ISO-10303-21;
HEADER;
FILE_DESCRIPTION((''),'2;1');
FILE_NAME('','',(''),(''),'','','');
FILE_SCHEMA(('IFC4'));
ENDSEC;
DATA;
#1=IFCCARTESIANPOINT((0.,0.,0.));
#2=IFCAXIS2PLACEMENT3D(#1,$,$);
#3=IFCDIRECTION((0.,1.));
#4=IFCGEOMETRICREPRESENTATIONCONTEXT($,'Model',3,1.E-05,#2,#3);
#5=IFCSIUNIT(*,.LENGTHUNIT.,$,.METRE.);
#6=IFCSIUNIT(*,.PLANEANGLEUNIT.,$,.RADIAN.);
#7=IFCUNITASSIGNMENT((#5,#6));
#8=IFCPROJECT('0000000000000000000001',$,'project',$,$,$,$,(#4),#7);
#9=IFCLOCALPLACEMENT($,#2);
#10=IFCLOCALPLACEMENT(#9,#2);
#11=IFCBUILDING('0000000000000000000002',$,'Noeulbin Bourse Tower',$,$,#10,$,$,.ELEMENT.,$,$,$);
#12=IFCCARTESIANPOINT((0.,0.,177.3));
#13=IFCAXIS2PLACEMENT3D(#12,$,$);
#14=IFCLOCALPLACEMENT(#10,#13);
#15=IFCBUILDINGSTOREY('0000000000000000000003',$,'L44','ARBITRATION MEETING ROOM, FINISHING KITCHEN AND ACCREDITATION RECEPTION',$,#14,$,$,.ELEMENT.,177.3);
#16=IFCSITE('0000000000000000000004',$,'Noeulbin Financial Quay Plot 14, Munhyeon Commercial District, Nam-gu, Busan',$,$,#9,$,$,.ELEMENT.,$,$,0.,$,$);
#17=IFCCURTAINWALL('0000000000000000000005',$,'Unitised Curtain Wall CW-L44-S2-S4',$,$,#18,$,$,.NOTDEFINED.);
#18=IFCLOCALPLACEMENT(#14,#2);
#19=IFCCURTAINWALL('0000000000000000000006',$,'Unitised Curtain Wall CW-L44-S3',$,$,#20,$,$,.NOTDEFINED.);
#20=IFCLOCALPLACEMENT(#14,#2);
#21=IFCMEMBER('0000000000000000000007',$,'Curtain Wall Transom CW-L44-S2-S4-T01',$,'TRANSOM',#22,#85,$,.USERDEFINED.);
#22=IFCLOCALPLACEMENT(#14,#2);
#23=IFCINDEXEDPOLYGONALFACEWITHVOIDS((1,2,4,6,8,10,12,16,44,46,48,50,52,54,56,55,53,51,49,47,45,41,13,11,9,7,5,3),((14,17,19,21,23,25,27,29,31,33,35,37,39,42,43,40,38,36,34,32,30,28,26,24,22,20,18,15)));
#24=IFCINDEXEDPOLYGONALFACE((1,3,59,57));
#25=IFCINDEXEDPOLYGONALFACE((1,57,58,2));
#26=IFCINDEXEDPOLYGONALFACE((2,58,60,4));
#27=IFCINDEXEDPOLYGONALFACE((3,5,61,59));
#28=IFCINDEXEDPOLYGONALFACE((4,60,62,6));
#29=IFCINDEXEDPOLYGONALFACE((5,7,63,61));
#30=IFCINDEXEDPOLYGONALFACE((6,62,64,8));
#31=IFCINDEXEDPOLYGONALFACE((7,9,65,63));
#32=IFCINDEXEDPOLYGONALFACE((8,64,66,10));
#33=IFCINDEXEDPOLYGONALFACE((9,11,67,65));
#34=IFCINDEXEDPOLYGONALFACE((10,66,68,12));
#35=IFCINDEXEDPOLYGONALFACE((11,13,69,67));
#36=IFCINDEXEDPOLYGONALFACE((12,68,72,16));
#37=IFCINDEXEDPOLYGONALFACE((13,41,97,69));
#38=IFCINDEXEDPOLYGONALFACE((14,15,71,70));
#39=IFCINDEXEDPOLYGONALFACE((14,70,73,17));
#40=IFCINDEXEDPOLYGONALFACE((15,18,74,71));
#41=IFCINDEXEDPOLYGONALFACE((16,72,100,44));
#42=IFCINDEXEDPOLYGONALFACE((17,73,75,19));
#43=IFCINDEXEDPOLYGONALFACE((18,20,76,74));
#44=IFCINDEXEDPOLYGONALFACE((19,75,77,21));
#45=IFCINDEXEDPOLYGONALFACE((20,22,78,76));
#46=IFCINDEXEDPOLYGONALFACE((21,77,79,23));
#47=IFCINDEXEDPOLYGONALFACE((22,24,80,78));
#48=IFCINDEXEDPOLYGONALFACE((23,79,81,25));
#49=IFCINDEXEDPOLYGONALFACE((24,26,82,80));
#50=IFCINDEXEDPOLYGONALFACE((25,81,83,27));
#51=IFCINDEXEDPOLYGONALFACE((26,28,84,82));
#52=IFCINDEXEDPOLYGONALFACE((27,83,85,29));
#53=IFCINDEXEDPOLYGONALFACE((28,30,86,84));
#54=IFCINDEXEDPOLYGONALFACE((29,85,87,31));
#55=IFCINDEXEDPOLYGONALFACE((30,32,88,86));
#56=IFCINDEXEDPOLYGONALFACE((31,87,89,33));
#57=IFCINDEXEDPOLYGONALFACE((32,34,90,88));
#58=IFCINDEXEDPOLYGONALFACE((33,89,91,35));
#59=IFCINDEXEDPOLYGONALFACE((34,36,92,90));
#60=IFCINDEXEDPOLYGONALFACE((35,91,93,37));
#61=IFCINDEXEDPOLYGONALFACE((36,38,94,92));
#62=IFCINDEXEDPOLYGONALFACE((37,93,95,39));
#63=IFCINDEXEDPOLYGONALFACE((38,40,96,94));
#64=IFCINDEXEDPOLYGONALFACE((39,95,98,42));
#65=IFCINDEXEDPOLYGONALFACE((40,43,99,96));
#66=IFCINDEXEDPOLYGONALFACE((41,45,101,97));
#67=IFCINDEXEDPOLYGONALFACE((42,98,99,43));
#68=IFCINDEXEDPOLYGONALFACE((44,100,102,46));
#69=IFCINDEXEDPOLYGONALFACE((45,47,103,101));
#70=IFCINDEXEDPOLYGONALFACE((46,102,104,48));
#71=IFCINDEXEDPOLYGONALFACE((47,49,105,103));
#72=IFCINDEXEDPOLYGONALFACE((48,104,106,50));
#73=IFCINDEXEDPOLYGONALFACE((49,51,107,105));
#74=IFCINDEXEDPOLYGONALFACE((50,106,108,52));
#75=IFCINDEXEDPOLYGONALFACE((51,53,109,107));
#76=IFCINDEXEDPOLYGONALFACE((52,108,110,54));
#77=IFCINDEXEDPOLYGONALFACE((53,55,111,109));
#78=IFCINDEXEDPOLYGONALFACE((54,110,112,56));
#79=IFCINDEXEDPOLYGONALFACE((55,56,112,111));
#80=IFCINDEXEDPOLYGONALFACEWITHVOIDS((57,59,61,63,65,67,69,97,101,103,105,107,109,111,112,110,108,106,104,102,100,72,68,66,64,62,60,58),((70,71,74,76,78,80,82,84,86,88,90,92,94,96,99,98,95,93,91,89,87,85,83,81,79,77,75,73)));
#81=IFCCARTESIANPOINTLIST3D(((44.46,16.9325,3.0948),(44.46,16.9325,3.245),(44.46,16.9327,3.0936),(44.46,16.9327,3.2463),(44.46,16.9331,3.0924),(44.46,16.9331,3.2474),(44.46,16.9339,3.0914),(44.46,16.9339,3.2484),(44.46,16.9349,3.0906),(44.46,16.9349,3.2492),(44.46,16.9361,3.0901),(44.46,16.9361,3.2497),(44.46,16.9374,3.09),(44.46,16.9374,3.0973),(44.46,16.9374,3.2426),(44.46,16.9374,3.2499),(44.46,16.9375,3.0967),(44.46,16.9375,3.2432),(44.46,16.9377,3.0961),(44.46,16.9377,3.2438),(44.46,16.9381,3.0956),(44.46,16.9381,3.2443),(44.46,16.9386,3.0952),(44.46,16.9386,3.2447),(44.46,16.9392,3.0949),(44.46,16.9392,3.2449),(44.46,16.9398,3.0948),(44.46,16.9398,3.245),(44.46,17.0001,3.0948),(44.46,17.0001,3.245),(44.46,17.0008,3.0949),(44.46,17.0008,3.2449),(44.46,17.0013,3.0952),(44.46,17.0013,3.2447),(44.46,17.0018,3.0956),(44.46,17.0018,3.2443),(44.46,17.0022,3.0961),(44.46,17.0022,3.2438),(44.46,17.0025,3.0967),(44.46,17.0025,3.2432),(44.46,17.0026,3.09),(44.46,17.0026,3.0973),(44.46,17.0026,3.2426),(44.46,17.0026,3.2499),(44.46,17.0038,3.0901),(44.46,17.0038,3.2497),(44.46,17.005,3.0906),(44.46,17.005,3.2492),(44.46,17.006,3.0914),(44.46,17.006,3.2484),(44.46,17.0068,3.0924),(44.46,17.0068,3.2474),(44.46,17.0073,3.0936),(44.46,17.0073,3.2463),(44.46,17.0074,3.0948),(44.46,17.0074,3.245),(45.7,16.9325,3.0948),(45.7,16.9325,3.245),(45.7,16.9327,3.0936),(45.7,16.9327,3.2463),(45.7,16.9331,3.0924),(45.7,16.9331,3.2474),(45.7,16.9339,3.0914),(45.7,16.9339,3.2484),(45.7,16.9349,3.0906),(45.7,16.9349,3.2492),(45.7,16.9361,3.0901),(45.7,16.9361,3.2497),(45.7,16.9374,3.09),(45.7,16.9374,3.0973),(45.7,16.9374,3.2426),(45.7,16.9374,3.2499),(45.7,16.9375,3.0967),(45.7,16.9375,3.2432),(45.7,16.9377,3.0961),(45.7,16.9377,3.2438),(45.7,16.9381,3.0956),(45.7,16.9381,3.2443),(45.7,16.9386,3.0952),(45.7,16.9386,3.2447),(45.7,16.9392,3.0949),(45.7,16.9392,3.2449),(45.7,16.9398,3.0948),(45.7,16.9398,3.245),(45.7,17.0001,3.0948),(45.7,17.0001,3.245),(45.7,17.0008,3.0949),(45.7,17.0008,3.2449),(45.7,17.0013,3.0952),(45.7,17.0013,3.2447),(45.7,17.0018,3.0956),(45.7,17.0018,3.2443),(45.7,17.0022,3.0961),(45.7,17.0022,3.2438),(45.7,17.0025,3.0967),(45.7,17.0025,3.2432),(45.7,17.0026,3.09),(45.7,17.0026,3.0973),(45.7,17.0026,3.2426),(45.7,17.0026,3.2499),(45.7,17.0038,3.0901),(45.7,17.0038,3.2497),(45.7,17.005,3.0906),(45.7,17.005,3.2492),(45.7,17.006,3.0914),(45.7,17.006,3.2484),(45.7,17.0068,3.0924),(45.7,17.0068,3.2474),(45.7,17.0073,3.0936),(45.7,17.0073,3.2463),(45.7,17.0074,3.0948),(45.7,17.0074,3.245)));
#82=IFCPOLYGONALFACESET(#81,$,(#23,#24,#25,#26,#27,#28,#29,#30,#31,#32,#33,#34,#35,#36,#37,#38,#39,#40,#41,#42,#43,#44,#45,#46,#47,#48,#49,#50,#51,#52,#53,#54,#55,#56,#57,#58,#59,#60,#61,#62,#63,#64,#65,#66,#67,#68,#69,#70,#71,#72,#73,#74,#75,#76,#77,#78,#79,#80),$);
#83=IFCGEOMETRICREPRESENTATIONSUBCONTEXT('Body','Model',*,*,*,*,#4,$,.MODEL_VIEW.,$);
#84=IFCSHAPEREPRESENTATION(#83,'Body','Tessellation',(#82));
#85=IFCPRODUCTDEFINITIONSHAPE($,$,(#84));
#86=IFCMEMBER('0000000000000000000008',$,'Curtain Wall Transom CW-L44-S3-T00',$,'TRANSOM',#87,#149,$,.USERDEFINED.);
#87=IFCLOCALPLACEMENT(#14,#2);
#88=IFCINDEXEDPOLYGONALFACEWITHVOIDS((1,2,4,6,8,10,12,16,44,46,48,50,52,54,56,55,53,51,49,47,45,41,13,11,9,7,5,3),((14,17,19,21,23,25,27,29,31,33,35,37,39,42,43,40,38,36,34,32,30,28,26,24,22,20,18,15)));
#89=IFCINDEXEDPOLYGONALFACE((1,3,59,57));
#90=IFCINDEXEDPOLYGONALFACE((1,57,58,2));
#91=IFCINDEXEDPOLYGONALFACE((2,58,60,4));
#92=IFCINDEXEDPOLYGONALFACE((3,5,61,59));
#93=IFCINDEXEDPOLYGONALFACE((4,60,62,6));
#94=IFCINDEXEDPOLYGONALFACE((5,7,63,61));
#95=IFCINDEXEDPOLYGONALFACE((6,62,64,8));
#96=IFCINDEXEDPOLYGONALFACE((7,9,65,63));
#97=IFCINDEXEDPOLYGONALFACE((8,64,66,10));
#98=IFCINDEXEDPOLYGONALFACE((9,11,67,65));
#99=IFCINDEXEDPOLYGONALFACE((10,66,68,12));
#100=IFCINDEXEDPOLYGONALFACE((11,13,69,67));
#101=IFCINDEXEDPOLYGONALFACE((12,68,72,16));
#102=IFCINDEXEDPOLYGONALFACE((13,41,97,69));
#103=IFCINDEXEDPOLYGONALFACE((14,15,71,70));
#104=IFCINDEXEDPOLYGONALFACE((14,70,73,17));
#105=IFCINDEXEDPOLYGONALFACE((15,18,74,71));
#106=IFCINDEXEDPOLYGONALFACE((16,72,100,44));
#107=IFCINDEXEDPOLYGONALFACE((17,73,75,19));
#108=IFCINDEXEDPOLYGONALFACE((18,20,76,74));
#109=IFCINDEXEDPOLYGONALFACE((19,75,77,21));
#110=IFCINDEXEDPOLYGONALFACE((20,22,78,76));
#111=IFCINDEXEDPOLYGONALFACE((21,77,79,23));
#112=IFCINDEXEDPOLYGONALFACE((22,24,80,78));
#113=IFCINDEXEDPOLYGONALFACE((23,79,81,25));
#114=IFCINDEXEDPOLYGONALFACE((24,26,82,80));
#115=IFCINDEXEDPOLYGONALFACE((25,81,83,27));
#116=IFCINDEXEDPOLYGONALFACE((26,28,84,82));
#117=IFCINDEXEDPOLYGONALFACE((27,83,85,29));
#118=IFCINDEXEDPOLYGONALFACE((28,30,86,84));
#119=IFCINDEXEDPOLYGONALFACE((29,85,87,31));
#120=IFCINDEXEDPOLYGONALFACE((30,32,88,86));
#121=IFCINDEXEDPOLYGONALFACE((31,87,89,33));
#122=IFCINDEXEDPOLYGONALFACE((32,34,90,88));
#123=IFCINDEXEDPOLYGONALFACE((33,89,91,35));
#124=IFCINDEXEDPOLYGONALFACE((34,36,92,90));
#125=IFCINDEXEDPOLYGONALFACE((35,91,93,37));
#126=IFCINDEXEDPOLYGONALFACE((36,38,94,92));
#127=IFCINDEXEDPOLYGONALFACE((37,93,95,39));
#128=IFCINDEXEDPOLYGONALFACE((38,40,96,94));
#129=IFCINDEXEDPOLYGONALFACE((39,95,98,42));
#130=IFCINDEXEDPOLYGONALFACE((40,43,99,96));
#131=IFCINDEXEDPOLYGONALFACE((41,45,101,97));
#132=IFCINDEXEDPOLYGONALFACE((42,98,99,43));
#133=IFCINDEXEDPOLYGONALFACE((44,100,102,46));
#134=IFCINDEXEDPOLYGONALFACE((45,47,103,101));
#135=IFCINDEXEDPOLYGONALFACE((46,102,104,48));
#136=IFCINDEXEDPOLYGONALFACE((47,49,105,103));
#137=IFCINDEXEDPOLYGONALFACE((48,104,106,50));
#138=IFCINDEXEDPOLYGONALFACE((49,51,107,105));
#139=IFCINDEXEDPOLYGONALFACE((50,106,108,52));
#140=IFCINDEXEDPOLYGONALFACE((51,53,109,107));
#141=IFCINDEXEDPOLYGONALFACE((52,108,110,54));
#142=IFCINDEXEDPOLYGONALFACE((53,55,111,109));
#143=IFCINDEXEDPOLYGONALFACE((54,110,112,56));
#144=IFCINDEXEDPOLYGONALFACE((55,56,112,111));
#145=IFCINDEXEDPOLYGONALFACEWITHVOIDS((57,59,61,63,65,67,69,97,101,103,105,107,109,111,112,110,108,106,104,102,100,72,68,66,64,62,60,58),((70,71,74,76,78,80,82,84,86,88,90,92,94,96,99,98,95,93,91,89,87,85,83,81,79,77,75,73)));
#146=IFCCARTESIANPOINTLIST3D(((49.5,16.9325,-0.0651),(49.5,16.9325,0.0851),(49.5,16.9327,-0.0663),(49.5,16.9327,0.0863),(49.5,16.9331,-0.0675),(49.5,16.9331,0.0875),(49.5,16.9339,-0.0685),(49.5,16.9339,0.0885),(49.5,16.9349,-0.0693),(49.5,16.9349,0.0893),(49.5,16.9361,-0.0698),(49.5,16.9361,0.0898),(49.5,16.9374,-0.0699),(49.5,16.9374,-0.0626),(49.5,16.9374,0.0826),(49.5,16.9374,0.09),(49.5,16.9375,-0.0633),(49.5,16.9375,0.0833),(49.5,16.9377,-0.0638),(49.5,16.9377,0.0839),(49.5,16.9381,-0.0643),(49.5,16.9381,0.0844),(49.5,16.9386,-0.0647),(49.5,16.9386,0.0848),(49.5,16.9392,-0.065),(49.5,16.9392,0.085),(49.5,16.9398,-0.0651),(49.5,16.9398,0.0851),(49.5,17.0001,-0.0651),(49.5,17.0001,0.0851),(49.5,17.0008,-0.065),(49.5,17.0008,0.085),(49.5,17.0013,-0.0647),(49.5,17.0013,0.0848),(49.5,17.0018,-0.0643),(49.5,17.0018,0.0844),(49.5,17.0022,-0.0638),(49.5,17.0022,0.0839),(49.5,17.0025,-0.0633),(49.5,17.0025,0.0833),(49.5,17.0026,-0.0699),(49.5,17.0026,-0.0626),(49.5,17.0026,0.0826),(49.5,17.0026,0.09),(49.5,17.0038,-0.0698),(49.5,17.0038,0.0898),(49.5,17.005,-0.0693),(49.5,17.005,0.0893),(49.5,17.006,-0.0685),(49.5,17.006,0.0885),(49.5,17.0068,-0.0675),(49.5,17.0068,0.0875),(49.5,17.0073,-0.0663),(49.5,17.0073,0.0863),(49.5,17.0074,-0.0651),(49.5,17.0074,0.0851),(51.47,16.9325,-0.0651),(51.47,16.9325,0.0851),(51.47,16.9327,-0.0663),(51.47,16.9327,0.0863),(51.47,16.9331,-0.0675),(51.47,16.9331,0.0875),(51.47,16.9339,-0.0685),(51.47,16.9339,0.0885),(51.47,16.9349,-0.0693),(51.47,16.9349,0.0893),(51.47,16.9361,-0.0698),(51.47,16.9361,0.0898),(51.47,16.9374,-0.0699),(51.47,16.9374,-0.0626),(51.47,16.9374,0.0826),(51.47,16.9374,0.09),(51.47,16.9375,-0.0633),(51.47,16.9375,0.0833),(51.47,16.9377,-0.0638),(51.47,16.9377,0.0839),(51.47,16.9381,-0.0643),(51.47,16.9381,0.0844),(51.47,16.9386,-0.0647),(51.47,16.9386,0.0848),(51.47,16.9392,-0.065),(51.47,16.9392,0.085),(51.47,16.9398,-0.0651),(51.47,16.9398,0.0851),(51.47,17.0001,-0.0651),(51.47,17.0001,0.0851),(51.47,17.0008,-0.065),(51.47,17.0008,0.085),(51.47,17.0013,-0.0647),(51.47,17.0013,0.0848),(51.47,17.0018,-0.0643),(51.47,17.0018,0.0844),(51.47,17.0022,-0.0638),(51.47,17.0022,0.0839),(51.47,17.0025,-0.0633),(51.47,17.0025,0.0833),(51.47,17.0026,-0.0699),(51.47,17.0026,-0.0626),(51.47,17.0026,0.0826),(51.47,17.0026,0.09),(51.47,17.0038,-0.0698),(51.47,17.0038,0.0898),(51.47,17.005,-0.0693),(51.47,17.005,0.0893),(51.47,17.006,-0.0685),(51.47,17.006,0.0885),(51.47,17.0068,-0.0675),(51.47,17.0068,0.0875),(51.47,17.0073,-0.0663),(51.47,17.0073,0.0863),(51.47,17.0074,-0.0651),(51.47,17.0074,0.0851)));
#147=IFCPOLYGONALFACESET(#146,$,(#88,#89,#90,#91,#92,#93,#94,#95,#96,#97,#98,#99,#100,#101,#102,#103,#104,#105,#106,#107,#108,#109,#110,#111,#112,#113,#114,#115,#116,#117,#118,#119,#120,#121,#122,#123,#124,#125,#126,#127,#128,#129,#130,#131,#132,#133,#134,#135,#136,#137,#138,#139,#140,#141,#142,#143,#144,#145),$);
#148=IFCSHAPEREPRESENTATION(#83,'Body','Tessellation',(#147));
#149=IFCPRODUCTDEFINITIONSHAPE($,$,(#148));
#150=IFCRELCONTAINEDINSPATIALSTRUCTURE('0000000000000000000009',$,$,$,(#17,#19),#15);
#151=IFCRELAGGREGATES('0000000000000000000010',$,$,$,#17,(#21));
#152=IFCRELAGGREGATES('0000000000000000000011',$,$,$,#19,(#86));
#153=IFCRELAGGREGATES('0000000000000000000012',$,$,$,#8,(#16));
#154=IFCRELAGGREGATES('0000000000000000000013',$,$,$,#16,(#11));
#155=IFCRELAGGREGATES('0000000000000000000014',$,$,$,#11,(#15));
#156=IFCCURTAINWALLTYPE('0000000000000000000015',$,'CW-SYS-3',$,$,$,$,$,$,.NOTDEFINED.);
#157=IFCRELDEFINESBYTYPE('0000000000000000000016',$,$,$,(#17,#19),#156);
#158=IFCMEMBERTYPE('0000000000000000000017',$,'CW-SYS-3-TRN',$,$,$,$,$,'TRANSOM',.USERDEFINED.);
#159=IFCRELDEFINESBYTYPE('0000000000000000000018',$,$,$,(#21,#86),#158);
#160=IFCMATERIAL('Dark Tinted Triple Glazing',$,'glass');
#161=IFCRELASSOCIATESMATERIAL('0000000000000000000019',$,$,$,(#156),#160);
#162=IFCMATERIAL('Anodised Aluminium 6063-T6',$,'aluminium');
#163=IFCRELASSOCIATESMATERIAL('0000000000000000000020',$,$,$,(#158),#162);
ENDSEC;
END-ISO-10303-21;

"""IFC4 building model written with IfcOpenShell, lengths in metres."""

from ifc_helpers import new_model, si_unit, direction, frame, origin, origin_2d, place, context, subcontext, project, spatial, hollow_rectangle, extrude, material, material_profile, profile_set, type_object, element, aggregate, save


model = new_model("IFC4")

# Units and contexts
model_context = context("Model", 3, precision=1e-05, world=origin(), true_north=direction((0.0, 1.0)))
body_context = subcontext(model_context, "Body", "Model", "MODEL_VIEW")
ifc_project = project(units=[si_unit("LENGTHUNIT", "METRE"), si_unit("PLANEANGLEUNIT", "RADIAN")], contexts=[model_context])

# Site, building, storey
site_placement = place(None, origin())
site = spatial("IfcSite", under=ifc_project, at=site_placement, Name="Noeulbin Financial Quay Plot 14, Munhyeon Commercial District, Nam-gu, Busan", CompositionType="ELEMENT", RefElevation=0.0)
building_placement = place(site_placement, origin())
building = spatial("IfcBuilding", under=site, at=building_placement, Name="Noeulbin Bourse Tower", CompositionType="ELEMENT")
storey_placement = place(building_placement, frame((0.0, 0.0, 177.3)))
storey = spatial("IfcBuildingStorey", under=building, at=storey_placement, Name="L44", Description="ARBITRATION MEETING ROOM, FINISHING KITCHEN AND ACCREDITATION RECEPTION", CompositionType="ELEMENT", Elevation=177.3)

# Shared definitions
ifc_material_1 = material(Name="Dark Tinted Triple Glazing", Category="glass")
curtain_wall_type = type_object("IfcCurtainWallType", Name="CW-SYS-3", PredefinedType="NOTDEFINED", material=ifc_material_1)
ifc_material_2 = material(Name="Anodised Aluminium 6063-T6", Category="aluminium")

# Curtain walls
curtain_wall_1_placement = place(storey_placement, origin())
curtain_wall_1 = element("IfcCurtainWall", 1, at=curtain_wall_1_placement, inside=storey, type_object=curtain_wall_type, Name="Unitised Curtain Wall CW-L44-S2-S4", PredefinedType="NOTDEFINED")
curtain_wall_2_placement = place(storey_placement, origin())
curtain_wall_2 = element("IfcCurtainWall", 2, at=curtain_wall_2_placement, inside=storey, type_object=curtain_wall_type, Name="Unitised Curtain Wall CW-L44-S3", PredefinedType="NOTDEFINED")

# Members
ifc_material_profile_1 = material_profile(ifc_material_2, hollow_rectangle(XDim=0.075, YDim=0.1599, WallThickness=0.0049, InnerFilletRadius=0.0024, OuterFilletRadius=0.0049, at=origin_2d()), Name="ALU-TRAN-75x160x5", Category="LoadBearing")
ifc_profile_set_1 = profile_set([ifc_material_profile_1], Name="Anodised Aluminium 6063-T6")
member_type_1 = type_object("IfcMemberType", Name="CW-SYS-3-TRN", ElementType="TRANSOM", PredefinedType="USERDEFINED", material=ifc_profile_set_1)
member_1_placement = place(storey_placement, frame((44.46, 16.97, 3.1699), z_axis=(1.0, 0.0, 0.0), x_axis=(0.0, 1.0, 0.0)))
member_1 = element("IfcMember", 3, at=member_1_placement, type_object=member_type_1, Name="Curtain Wall Transom CW-L44-S2-S4-T01", ObjectType="TRANSOM", PredefinedType="USERDEFINED", context=body_context, shape_type="SweptSolid", body=[
    extrude(hollow_rectangle(XDim=0.075, YDim=0.1599, WallThickness=0.0049, InnerFilletRadius=0.0024, OuterFilletRadius=0.0049, at=origin_2d()), origin(), (0.0, 0.0, 1.0), 1.24),
])
member_2_placement = place(storey_placement, frame((49.5, 16.97, 0.01), z_axis=(1.0, 0.0, 0.0), x_axis=(0.0, 1.0, 0.0)))
member_2 = element("IfcMember", 4, at=member_2_placement, type_object=member_type_1, Name="Curtain Wall Transom CW-L44-S3-T00", ObjectType="TRANSOM", PredefinedType="USERDEFINED", context=body_context, shape_type="SweptSolid", body=[
    extrude(hollow_rectangle(XDim=0.075, YDim=0.1599, WallThickness=0.0049, InnerFilletRadius=0.0024, OuterFilletRadius=0.0049, at=origin_2d()), origin(), (0.0, 0.0, 1.0), 1.97),
])

aggregate(curtain_wall_1, [member_1])
aggregate(curtain_wall_2, [member_2])

save(model, "model.ifc")
